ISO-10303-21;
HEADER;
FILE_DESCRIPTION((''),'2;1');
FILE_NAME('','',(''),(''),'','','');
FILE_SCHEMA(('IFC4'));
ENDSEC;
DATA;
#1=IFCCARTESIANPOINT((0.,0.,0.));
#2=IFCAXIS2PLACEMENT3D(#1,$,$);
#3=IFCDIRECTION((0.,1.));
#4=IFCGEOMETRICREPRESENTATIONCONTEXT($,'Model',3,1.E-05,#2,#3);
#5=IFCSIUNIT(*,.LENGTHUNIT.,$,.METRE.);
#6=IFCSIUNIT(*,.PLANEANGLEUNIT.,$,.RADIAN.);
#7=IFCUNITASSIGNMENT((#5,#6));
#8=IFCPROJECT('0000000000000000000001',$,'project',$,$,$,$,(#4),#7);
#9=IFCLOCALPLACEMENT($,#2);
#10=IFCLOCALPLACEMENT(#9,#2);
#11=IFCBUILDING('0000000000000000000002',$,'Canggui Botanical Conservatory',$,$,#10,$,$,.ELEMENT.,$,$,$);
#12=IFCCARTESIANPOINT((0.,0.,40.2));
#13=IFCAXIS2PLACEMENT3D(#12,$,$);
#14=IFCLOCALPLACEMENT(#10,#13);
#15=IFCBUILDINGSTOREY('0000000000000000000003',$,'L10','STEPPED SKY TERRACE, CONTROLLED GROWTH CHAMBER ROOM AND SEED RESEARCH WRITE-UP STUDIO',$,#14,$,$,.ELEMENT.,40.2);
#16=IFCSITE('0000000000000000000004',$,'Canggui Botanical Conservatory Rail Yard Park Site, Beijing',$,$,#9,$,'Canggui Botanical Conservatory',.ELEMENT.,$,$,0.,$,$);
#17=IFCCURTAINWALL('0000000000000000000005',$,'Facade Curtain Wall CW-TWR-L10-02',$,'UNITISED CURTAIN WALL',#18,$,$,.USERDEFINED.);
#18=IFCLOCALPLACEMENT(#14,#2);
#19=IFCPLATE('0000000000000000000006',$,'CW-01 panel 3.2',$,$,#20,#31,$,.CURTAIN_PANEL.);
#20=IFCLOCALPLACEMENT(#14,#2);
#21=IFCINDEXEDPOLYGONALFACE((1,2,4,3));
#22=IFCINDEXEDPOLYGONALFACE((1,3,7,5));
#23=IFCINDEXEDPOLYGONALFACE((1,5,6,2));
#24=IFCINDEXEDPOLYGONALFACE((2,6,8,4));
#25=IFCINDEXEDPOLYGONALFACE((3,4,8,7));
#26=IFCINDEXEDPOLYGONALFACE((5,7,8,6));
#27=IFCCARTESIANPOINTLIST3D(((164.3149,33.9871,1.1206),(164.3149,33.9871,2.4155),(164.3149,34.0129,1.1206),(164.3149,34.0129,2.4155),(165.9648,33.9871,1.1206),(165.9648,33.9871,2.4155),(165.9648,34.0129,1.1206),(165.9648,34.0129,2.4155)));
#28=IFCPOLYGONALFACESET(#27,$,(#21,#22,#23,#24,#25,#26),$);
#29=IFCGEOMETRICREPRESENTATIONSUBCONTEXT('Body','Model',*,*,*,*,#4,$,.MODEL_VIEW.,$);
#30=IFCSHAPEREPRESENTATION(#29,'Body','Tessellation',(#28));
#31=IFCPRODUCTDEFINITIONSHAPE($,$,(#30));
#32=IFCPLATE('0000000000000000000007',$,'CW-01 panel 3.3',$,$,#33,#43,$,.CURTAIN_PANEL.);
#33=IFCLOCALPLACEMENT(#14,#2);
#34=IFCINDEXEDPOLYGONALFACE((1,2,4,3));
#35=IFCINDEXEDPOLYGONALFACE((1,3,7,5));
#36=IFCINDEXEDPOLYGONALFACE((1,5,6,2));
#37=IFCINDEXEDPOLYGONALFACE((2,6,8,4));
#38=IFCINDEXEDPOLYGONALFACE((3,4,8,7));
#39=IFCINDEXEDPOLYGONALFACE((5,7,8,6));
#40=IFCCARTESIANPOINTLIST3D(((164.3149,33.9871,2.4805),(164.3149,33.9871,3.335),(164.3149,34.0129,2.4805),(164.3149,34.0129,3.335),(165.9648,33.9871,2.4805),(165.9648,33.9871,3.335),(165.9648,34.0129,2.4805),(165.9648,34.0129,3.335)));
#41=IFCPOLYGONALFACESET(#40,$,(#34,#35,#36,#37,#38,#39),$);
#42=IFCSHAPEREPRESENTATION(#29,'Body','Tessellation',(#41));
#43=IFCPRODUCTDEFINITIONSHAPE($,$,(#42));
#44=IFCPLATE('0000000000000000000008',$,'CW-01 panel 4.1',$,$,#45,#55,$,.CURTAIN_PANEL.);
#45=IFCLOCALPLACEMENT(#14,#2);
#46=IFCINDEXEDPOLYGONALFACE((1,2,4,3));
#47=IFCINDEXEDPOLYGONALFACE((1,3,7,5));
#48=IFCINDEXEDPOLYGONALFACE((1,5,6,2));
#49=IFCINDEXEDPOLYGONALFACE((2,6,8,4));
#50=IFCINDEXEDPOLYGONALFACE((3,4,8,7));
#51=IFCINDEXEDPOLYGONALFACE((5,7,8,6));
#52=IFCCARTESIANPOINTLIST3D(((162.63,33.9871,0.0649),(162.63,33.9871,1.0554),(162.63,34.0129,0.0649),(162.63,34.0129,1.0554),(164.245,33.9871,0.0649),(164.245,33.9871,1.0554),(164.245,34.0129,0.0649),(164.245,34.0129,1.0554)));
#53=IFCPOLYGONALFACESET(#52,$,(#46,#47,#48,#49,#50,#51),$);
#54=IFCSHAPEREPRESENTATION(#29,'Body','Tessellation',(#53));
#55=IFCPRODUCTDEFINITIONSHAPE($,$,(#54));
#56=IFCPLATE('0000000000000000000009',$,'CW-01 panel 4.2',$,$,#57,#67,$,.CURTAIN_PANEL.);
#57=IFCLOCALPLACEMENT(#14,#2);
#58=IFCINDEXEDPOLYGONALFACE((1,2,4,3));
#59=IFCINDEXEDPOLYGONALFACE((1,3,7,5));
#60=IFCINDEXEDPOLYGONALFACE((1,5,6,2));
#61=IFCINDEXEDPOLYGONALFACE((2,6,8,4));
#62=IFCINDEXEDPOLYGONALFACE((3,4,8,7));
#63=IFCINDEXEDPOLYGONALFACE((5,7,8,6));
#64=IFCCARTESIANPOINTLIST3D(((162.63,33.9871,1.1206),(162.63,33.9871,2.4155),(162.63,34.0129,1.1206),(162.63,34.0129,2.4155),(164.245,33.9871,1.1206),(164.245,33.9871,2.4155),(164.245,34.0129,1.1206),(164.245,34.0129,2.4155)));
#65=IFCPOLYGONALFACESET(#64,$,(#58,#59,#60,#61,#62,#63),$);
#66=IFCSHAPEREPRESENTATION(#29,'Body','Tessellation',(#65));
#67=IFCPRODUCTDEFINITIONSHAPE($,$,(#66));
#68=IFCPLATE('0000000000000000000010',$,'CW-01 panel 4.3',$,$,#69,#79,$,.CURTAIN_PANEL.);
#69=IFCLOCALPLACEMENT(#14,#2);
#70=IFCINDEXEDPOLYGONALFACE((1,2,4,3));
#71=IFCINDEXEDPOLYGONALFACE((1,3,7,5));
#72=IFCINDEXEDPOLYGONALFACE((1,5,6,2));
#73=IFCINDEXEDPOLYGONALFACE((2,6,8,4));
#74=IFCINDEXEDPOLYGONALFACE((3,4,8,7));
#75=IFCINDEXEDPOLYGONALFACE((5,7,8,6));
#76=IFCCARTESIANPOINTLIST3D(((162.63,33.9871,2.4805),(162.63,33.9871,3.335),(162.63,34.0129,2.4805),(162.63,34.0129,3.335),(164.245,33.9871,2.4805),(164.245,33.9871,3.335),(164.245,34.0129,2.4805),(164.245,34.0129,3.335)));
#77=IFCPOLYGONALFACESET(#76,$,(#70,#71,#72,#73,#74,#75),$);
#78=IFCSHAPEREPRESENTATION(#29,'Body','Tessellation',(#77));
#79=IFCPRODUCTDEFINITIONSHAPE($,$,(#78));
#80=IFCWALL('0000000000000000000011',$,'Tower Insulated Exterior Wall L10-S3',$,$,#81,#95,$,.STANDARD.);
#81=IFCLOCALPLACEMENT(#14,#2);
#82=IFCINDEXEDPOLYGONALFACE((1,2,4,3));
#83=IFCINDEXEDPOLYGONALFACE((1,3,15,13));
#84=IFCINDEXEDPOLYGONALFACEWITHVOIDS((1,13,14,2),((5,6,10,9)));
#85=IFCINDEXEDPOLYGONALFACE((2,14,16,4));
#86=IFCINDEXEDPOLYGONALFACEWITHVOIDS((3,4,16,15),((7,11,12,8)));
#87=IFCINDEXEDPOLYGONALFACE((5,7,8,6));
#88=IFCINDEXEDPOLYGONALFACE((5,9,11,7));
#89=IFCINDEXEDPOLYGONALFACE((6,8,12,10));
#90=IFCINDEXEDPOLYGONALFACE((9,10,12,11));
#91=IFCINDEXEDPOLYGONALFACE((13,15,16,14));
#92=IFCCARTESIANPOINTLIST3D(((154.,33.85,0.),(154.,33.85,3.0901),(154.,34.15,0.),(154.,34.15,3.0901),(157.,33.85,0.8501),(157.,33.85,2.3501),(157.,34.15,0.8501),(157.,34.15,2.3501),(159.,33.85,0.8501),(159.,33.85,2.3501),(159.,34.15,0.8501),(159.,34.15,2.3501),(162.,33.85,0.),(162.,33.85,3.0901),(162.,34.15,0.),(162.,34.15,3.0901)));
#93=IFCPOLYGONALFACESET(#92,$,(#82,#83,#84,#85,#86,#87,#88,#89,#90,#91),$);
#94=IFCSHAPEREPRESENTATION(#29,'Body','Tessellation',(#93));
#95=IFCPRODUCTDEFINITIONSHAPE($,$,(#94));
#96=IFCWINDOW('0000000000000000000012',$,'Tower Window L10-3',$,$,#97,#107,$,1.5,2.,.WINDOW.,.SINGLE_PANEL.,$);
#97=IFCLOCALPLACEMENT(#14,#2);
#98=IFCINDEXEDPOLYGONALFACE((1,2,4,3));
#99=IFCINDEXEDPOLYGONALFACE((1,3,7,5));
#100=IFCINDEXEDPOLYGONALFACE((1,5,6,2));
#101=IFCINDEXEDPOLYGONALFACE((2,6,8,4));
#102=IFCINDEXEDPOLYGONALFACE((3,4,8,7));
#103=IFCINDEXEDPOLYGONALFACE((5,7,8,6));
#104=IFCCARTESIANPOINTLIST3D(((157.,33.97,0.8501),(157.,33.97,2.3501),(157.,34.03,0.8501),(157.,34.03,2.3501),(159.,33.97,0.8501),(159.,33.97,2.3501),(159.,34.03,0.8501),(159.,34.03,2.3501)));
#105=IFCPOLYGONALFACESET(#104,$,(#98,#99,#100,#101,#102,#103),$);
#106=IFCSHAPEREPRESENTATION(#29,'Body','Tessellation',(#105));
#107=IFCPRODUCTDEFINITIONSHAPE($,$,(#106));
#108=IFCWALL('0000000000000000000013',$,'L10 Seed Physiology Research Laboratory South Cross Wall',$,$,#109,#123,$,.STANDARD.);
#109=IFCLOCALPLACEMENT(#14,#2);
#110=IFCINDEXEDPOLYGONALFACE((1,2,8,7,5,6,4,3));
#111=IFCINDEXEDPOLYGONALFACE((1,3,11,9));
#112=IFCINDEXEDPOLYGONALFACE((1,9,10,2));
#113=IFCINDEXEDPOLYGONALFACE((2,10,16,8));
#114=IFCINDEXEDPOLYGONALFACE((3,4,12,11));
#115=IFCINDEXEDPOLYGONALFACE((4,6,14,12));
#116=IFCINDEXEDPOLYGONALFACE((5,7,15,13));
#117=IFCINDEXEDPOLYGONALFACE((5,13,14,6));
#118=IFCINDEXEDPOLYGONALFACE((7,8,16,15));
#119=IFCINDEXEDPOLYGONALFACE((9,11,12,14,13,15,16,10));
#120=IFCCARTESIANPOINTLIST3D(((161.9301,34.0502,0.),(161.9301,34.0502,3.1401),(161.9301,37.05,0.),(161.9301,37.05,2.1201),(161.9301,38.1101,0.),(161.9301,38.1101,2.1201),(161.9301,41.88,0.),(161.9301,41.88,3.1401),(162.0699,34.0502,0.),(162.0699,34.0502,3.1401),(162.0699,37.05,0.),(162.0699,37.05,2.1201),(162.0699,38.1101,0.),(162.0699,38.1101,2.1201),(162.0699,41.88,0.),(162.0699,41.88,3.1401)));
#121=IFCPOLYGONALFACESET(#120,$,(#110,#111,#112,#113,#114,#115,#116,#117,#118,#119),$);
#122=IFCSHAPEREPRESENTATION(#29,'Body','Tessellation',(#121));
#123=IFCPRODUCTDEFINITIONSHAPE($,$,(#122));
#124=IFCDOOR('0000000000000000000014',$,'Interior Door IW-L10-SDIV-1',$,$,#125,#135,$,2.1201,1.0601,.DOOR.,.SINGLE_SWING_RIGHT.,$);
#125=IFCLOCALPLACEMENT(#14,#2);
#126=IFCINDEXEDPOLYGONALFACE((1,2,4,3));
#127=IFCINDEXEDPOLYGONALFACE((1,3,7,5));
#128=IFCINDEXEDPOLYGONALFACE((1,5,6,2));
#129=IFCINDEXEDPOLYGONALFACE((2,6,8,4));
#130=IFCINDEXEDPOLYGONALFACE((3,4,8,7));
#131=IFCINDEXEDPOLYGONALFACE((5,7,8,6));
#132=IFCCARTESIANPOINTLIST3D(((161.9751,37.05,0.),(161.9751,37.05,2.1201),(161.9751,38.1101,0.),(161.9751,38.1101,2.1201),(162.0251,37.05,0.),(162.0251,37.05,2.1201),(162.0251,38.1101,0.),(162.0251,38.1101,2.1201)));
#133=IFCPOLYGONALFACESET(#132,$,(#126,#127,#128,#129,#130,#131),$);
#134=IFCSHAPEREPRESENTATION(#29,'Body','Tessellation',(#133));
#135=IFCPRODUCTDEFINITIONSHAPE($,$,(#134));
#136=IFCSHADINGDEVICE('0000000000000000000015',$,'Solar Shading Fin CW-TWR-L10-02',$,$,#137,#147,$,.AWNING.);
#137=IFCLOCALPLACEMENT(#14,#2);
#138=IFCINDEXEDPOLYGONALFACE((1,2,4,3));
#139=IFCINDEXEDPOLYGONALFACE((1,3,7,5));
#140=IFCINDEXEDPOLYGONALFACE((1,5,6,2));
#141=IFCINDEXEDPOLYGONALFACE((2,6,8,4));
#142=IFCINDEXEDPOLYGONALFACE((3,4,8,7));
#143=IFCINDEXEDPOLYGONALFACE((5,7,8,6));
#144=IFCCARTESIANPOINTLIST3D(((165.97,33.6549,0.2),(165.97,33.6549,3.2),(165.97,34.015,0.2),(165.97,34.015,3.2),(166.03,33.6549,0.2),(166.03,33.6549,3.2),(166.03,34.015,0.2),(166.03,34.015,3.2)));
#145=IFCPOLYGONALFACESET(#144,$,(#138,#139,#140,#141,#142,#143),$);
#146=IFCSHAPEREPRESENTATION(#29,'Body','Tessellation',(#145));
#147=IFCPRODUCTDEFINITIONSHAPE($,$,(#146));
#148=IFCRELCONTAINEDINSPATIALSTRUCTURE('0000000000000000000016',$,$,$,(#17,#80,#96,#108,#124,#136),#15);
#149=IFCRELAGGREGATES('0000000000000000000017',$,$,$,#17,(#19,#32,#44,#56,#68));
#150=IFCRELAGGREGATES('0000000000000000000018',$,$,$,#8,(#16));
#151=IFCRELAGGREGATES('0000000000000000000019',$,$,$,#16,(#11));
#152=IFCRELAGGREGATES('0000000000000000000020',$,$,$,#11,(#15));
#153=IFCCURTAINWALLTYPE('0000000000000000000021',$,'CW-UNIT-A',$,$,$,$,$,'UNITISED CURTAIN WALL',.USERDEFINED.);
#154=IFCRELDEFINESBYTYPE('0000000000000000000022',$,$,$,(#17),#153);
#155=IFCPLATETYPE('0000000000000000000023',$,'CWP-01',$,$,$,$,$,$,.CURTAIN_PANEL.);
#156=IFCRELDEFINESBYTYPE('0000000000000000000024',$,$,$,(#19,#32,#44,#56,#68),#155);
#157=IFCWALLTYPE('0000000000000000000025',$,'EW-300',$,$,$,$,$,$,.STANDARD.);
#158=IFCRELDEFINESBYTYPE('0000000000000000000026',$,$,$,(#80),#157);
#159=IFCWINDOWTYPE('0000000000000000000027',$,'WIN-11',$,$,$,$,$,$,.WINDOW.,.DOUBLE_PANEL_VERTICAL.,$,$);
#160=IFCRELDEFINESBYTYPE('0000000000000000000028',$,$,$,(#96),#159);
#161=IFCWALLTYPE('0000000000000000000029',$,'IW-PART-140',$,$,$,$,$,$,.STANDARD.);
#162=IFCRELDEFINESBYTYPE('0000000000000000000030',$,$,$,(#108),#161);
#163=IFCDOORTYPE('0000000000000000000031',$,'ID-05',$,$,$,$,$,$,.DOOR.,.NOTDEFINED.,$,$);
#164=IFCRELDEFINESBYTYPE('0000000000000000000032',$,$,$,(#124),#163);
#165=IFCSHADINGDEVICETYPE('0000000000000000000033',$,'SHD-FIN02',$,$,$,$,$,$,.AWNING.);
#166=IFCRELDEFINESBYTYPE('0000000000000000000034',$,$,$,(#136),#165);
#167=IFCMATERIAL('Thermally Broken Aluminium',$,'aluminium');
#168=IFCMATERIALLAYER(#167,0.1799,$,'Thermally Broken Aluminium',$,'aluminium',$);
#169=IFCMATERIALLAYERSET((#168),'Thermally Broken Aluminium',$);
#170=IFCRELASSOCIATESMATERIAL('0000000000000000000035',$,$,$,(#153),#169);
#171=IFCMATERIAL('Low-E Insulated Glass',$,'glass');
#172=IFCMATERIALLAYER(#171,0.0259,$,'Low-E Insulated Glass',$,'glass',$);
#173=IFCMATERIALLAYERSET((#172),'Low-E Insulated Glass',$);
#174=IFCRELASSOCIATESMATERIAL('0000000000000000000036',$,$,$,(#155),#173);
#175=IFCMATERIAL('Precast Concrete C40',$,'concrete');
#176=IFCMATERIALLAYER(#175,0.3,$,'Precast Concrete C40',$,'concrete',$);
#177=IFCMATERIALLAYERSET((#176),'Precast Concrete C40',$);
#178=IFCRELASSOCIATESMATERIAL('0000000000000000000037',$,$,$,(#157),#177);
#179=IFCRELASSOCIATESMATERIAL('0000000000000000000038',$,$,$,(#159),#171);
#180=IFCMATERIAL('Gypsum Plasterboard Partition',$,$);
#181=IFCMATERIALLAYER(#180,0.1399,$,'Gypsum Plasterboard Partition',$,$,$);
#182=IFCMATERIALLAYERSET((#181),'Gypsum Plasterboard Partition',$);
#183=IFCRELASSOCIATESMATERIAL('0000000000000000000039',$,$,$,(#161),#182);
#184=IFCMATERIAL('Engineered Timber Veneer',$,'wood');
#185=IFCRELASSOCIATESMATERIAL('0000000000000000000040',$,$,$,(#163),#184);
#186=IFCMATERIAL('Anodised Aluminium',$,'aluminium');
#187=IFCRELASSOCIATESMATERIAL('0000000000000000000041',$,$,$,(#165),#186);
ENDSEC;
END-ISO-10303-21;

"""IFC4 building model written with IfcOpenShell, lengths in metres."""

from ifc_helpers import new_model, si_unit, direction, frame, frame_2d, origin, origin_2d, place, context, subcontext, project, spatial, rectangle, extrude, material, layer, layer_set, type_object, element, fill, aggregate, save


model = new_model("IFC4")

# Units and contexts
model_context = context("Model", 3, precision=1e-05, world=origin(), true_north=direction((0.0, 1.0)))
body_context = subcontext(model_context, "Body", "Model", "MODEL_VIEW")
ifc_project = project(units=[si_unit("LENGTHUNIT", "METRE"), si_unit("PLANEANGLEUNIT", "RADIAN")], contexts=[model_context])

# Site, building, storey
site_placement = place(None, origin())
site = spatial("IfcSite", under=ifc_project, at=site_placement, Name="Canggui Botanical Conservatory Rail Yard Park Site, Beijing", LongName="Canggui Botanical Conservatory", CompositionType="ELEMENT", RefElevation=0.0)
building_placement = place(site_placement, origin())
building = spatial("IfcBuilding", under=site, at=building_placement, Name="Canggui Botanical Conservatory", CompositionType="ELEMENT")
storey_placement = place(building_placement, frame((0.0, 0.0, 40.2)))
storey = spatial("IfcBuildingStorey", under=building, at=storey_placement, Name="L10", Description="STEPPED SKY TERRACE, CONTROLLED GROWTH CHAMBER ROOM AND SEED RESEARCH WRITE-UP STUDIO", CompositionType="ELEMENT", Elevation=40.2)

# Curtain wall, plates
ifc_material_1 = material(Name="Thermally Broken Aluminium", Category="aluminium")
ifc_layer_1 = layer(ifc_material_1, 0.1799, Name="Thermally Broken Aluminium", Category="aluminium")
ifc_layer_set_1 = layer_set([ifc_layer_1], Name="Thermally Broken Aluminium")
curtain_wall_type = type_object("IfcCurtainWallType", Name="CW-UNIT-A", ElementType="UNITISED CURTAIN WALL", PredefinedType="USERDEFINED", material=ifc_layer_set_1)
curtain_wall_placement = place(storey_placement, origin())
curtain_wall = element("IfcCurtainWall", 1, at=curtain_wall_placement, inside=storey, type_object=curtain_wall_type, Name="Facade Curtain Wall CW-TWR-L10-02", ObjectType="UNITISED CURTAIN WALL", PredefinedType="USERDEFINED")
ifc_material_2 = material(Name="Low-E Insulated Glass", Category="glass")
ifc_layer_2 = layer(ifc_material_2, 0.0259, Name="Low-E Insulated Glass", Category="glass")
ifc_layer_set_2 = layer_set([ifc_layer_2], Name="Low-E Insulated Glass")
plate_type = type_object("IfcPlateType", Name="CWP-01", PredefinedType="CURTAIN_PANEL", material=ifc_layer_set_2)
plate_1_placement = place(storey_placement, frame((165.1399, 34.0, 1.1206), z_axis=(0.0, 0.0, 1.0), x_axis=(-1.0, 0.0, 0.0)))
plate_1 = element("IfcPlate", 2, at=plate_1_placement, type_object=plate_type, Name="CW-01 panel 3.2", PredefinedType="CURTAIN_PANEL", context=body_context, shape_type="SweptSolid", body=[
    extrude(rectangle(XDim=1.6499, YDim=0.0259, at=origin_2d()), origin(), (0.0, 0.0, 1.0), 1.2949),
])
plate_2_placement = place(storey_placement, frame((165.1399, 34.0, 2.4805), z_axis=(0.0, 0.0, 1.0), x_axis=(-1.0, 0.0, 0.0)))
plate_2 = element("IfcPlate", 3, at=plate_2_placement, type_object=plate_type, Name="CW-01 panel 3.3", PredefinedType="CURTAIN_PANEL", context=body_context, shape_type="SweptSolid", body=[
    extrude(rectangle(XDim=1.6499, YDim=0.0259, at=origin_2d()), origin(), (0.0, 0.0, 1.0), 0.8545),
])
plate_3_placement = place(storey_placement, frame((163.4375, 34.0, 0.0649), z_axis=(0.0, 0.0, 1.0), x_axis=(-1.0, 0.0, 0.0)))
plate_3 = element("IfcPlate", 4, at=plate_3_placement, type_object=plate_type, Name="CW-01 panel 4.1", PredefinedType="CURTAIN_PANEL", context=body_context, shape_type="SweptSolid", body=[
    extrude(rectangle(XDim=1.615, YDim=0.0259, at=origin_2d()), origin(), (0.0, 0.0, 1.0), 0.9905),
])
plate_4_placement = place(storey_placement, frame((163.4375, 34.0, 1.1206), z_axis=(0.0, 0.0, 1.0), x_axis=(-1.0, 0.0, 0.0)))
plate_4 = element("IfcPlate", 5, at=plate_4_placement, type_object=plate_type, Name="CW-01 panel 4.2", PredefinedType="CURTAIN_PANEL", context=body_context, shape_type="SweptSolid", body=[
    extrude(rectangle(XDim=1.615, YDim=0.0259, at=origin_2d()), origin(), (0.0, 0.0, 1.0), 1.2949),
])
plate_5_placement = place(storey_placement, frame((163.4375, 34.0, 2.4805), z_axis=(0.0, 0.0, 1.0), x_axis=(-1.0, 0.0, 0.0)))
plate_5 = element("IfcPlate", 6, at=plate_5_placement, type_object=plate_type, Name="CW-01 panel 4.3", PredefinedType="CURTAIN_PANEL", context=body_context, shape_type="SweptSolid", body=[
    extrude(rectangle(XDim=1.615, YDim=0.0259, at=origin_2d()), origin(), (0.0, 0.0, 1.0), 0.8545),
])
aggregate(curtain_wall, [plate_1, plate_2, plate_3, plate_4, plate_5])

# Wall, opening, window
ifc_material_3 = material(Name="Precast Concrete C40", Category="concrete")
ifc_layer_3 = layer(ifc_material_3, 0.3, Name="Precast Concrete C40", Category="concrete")
ifc_layer_set_3 = layer_set([ifc_layer_3], Name="Precast Concrete C40")
wall_type_1 = type_object("IfcWallType", Name="EW-300", PredefinedType="STANDARD", material=ifc_layer_set_3)
wall_1_placement = place(storey_placement, frame((162.0, 34.0, 0.0), z_axis=(0.0, 0.0, 1.0), x_axis=(-1.0, 0.0, 0.0)))
wall_1 = element("IfcWall", 7, at=wall_1_placement, inside=storey, type_object=wall_type_1, Name="Tower Insulated Exterior Wall L10-S3", PredefinedType="STANDARD", context=body_context, shape_type="SweptSolid", body=[
    extrude(rectangle(XDim=8.0, YDim=0.3, at=frame_2d((4.0, 0.0))), origin(), (0.0, 0.0, 1.0), 3.0901),
])
opening_1_placement = place(wall_1_placement, frame((3.0, 0.0, 0.8501)))
opening_1 = element("IfcOpeningElement", 8, at=opening_1_placement, cuts=wall_1, PredefinedType="OPENING", context=body_context, shape_type="SweptSolid", body=[
    extrude(rectangle(XDim=2.0, YDim=1.5, at=frame_2d((1.0, 0.75))), frame((0.0, 0.1602, 0.0), z_axis=(0.0, -1.0, 0.0), x_axis=(1.0, 0.0, 0.0)), (0.0, 0.0, 1.0), 0.3201),
])
window_type = type_object("IfcWindowType", Name="WIN-11", PartitioningType="DOUBLE_PANEL_VERTICAL", PredefinedType="WINDOW", material=ifc_material_2)
window_placement = place(opening_1_placement, origin())
window = element("IfcWindow", 9, at=window_placement, inside=storey, type_object=window_type, Name="Tower Window L10-3", OverallHeight=1.5, OverallWidth=2.0, PartitioningType="SINGLE_PANEL", PredefinedType="WINDOW", context=body_context, shape_type="SweptSolid", body=[
    extrude(rectangle(XDim=2.0, YDim=1.5, at=frame_2d((1.0, 0.75))), frame((0.0, 0.03, 0.0), z_axis=(0.0, -1.0, 0.0), x_axis=(1.0, 0.0, 0.0)), (0.0, 0.0, 1.0), 0.0601),
])
fill(opening_1, window)

# Wall, opening, door
ifc_material_4 = material(Name="Gypsum Plasterboard Partition")
ifc_layer_4 = layer(ifc_material_4, 0.1399, Name="Gypsum Plasterboard Partition")
ifc_layer_set_4 = layer_set([ifc_layer_4], Name="Gypsum Plasterboard Partition")
wall_type_2 = type_object("IfcWallType", Name="IW-PART-140", PredefinedType="STANDARD", material=ifc_layer_set_4)
wall_2_placement = place(storey_placement, frame((162.0, 34.05, 0.0), z_axis=(0.0, 0.0, 1.0), x_axis=(0.0, 1.0, 0.0)))
wall_2 = element("IfcWall", 10, at=wall_2_placement, inside=storey, type_object=wall_type_2, Name="L10 Seed Physiology Research Laboratory South Cross Wall", PredefinedType="STANDARD", context=body_context, shape_type="SweptSolid", body=[
    extrude(rectangle(XDim=7.8298, YDim=0.1399, at=frame_2d((3.915, 0.0))), origin(), (0.0, 0.0, 1.0), 3.1401),
])
opening_2_placement = place(wall_2_placement, frame((3.0, 0.0, 0.0)))
opening_2 = element("IfcOpeningElement", 11, at=opening_2_placement, cuts=wall_2, PredefinedType="OPENING", context=body_context, shape_type="SweptSolid", body=[
    extrude(rectangle(XDim=1.0601, YDim=2.1201, at=frame_2d((0.53, 1.0601))), frame((0.0, 0.0801, 0.0), z_axis=(0.0, -1.0, 0.0), x_axis=(1.0, 0.0, 0.0)), (0.0, 0.0, 1.0), 0.1599),
])
ifc_material_5 = material(Name="Engineered Timber Veneer", Category="wood")
door_type = type_object("IfcDoorType", Name="ID-05", OperationType="NOTDEFINED", PredefinedType="DOOR", material=ifc_material_5)
door_placement = place(opening_2_placement, origin())
door = element("IfcDoor", 12, at=door_placement, inside=storey, type_object=door_type, Name="Interior Door IW-L10-SDIV-1", OperationType="SINGLE_SWING_RIGHT", OverallHeight=2.1201, OverallWidth=1.0601, PredefinedType="DOOR", context=body_context, shape_type="SweptSolid", body=[
    extrude(rectangle(XDim=1.0601, YDim=2.1201, at=frame_2d((0.53, 1.0601))), frame((0.0, 0.0249, 0.0), z_axis=(0.0, -1.0, 0.0), x_axis=(1.0, 0.0, 0.0)), (0.0, 0.0, 1.0), 0.05),
])
fill(opening_2, door)

# Shading device
ifc_material_6 = material(Name="Anodised Aluminium", Category="aluminium")
shading_device_type = type_object("IfcShadingDeviceType", Name="SHD-FIN02", PredefinedType="AWNING", material=ifc_material_6)
shading_device_placement = place(storey_placement, frame((166.0, 33.835, 0.2), z_axis=(0.0, 0.0, 1.0), x_axis=(-1.0, 0.0, 0.0)))
element("IfcShadingDevice", 13, at=shading_device_placement, inside=storey, type_object=shading_device_type, Name="Solar Shading Fin CW-TWR-L10-02", PredefinedType="AWNING", context=body_context, shape_type="SweptSolid", body=[
    extrude(rectangle(XDim=0.0601, YDim=0.3601, at=origin_2d()), origin(), (0.0, 0.0, 1.0), 3.0),
])

save(model, "model.ifc")
